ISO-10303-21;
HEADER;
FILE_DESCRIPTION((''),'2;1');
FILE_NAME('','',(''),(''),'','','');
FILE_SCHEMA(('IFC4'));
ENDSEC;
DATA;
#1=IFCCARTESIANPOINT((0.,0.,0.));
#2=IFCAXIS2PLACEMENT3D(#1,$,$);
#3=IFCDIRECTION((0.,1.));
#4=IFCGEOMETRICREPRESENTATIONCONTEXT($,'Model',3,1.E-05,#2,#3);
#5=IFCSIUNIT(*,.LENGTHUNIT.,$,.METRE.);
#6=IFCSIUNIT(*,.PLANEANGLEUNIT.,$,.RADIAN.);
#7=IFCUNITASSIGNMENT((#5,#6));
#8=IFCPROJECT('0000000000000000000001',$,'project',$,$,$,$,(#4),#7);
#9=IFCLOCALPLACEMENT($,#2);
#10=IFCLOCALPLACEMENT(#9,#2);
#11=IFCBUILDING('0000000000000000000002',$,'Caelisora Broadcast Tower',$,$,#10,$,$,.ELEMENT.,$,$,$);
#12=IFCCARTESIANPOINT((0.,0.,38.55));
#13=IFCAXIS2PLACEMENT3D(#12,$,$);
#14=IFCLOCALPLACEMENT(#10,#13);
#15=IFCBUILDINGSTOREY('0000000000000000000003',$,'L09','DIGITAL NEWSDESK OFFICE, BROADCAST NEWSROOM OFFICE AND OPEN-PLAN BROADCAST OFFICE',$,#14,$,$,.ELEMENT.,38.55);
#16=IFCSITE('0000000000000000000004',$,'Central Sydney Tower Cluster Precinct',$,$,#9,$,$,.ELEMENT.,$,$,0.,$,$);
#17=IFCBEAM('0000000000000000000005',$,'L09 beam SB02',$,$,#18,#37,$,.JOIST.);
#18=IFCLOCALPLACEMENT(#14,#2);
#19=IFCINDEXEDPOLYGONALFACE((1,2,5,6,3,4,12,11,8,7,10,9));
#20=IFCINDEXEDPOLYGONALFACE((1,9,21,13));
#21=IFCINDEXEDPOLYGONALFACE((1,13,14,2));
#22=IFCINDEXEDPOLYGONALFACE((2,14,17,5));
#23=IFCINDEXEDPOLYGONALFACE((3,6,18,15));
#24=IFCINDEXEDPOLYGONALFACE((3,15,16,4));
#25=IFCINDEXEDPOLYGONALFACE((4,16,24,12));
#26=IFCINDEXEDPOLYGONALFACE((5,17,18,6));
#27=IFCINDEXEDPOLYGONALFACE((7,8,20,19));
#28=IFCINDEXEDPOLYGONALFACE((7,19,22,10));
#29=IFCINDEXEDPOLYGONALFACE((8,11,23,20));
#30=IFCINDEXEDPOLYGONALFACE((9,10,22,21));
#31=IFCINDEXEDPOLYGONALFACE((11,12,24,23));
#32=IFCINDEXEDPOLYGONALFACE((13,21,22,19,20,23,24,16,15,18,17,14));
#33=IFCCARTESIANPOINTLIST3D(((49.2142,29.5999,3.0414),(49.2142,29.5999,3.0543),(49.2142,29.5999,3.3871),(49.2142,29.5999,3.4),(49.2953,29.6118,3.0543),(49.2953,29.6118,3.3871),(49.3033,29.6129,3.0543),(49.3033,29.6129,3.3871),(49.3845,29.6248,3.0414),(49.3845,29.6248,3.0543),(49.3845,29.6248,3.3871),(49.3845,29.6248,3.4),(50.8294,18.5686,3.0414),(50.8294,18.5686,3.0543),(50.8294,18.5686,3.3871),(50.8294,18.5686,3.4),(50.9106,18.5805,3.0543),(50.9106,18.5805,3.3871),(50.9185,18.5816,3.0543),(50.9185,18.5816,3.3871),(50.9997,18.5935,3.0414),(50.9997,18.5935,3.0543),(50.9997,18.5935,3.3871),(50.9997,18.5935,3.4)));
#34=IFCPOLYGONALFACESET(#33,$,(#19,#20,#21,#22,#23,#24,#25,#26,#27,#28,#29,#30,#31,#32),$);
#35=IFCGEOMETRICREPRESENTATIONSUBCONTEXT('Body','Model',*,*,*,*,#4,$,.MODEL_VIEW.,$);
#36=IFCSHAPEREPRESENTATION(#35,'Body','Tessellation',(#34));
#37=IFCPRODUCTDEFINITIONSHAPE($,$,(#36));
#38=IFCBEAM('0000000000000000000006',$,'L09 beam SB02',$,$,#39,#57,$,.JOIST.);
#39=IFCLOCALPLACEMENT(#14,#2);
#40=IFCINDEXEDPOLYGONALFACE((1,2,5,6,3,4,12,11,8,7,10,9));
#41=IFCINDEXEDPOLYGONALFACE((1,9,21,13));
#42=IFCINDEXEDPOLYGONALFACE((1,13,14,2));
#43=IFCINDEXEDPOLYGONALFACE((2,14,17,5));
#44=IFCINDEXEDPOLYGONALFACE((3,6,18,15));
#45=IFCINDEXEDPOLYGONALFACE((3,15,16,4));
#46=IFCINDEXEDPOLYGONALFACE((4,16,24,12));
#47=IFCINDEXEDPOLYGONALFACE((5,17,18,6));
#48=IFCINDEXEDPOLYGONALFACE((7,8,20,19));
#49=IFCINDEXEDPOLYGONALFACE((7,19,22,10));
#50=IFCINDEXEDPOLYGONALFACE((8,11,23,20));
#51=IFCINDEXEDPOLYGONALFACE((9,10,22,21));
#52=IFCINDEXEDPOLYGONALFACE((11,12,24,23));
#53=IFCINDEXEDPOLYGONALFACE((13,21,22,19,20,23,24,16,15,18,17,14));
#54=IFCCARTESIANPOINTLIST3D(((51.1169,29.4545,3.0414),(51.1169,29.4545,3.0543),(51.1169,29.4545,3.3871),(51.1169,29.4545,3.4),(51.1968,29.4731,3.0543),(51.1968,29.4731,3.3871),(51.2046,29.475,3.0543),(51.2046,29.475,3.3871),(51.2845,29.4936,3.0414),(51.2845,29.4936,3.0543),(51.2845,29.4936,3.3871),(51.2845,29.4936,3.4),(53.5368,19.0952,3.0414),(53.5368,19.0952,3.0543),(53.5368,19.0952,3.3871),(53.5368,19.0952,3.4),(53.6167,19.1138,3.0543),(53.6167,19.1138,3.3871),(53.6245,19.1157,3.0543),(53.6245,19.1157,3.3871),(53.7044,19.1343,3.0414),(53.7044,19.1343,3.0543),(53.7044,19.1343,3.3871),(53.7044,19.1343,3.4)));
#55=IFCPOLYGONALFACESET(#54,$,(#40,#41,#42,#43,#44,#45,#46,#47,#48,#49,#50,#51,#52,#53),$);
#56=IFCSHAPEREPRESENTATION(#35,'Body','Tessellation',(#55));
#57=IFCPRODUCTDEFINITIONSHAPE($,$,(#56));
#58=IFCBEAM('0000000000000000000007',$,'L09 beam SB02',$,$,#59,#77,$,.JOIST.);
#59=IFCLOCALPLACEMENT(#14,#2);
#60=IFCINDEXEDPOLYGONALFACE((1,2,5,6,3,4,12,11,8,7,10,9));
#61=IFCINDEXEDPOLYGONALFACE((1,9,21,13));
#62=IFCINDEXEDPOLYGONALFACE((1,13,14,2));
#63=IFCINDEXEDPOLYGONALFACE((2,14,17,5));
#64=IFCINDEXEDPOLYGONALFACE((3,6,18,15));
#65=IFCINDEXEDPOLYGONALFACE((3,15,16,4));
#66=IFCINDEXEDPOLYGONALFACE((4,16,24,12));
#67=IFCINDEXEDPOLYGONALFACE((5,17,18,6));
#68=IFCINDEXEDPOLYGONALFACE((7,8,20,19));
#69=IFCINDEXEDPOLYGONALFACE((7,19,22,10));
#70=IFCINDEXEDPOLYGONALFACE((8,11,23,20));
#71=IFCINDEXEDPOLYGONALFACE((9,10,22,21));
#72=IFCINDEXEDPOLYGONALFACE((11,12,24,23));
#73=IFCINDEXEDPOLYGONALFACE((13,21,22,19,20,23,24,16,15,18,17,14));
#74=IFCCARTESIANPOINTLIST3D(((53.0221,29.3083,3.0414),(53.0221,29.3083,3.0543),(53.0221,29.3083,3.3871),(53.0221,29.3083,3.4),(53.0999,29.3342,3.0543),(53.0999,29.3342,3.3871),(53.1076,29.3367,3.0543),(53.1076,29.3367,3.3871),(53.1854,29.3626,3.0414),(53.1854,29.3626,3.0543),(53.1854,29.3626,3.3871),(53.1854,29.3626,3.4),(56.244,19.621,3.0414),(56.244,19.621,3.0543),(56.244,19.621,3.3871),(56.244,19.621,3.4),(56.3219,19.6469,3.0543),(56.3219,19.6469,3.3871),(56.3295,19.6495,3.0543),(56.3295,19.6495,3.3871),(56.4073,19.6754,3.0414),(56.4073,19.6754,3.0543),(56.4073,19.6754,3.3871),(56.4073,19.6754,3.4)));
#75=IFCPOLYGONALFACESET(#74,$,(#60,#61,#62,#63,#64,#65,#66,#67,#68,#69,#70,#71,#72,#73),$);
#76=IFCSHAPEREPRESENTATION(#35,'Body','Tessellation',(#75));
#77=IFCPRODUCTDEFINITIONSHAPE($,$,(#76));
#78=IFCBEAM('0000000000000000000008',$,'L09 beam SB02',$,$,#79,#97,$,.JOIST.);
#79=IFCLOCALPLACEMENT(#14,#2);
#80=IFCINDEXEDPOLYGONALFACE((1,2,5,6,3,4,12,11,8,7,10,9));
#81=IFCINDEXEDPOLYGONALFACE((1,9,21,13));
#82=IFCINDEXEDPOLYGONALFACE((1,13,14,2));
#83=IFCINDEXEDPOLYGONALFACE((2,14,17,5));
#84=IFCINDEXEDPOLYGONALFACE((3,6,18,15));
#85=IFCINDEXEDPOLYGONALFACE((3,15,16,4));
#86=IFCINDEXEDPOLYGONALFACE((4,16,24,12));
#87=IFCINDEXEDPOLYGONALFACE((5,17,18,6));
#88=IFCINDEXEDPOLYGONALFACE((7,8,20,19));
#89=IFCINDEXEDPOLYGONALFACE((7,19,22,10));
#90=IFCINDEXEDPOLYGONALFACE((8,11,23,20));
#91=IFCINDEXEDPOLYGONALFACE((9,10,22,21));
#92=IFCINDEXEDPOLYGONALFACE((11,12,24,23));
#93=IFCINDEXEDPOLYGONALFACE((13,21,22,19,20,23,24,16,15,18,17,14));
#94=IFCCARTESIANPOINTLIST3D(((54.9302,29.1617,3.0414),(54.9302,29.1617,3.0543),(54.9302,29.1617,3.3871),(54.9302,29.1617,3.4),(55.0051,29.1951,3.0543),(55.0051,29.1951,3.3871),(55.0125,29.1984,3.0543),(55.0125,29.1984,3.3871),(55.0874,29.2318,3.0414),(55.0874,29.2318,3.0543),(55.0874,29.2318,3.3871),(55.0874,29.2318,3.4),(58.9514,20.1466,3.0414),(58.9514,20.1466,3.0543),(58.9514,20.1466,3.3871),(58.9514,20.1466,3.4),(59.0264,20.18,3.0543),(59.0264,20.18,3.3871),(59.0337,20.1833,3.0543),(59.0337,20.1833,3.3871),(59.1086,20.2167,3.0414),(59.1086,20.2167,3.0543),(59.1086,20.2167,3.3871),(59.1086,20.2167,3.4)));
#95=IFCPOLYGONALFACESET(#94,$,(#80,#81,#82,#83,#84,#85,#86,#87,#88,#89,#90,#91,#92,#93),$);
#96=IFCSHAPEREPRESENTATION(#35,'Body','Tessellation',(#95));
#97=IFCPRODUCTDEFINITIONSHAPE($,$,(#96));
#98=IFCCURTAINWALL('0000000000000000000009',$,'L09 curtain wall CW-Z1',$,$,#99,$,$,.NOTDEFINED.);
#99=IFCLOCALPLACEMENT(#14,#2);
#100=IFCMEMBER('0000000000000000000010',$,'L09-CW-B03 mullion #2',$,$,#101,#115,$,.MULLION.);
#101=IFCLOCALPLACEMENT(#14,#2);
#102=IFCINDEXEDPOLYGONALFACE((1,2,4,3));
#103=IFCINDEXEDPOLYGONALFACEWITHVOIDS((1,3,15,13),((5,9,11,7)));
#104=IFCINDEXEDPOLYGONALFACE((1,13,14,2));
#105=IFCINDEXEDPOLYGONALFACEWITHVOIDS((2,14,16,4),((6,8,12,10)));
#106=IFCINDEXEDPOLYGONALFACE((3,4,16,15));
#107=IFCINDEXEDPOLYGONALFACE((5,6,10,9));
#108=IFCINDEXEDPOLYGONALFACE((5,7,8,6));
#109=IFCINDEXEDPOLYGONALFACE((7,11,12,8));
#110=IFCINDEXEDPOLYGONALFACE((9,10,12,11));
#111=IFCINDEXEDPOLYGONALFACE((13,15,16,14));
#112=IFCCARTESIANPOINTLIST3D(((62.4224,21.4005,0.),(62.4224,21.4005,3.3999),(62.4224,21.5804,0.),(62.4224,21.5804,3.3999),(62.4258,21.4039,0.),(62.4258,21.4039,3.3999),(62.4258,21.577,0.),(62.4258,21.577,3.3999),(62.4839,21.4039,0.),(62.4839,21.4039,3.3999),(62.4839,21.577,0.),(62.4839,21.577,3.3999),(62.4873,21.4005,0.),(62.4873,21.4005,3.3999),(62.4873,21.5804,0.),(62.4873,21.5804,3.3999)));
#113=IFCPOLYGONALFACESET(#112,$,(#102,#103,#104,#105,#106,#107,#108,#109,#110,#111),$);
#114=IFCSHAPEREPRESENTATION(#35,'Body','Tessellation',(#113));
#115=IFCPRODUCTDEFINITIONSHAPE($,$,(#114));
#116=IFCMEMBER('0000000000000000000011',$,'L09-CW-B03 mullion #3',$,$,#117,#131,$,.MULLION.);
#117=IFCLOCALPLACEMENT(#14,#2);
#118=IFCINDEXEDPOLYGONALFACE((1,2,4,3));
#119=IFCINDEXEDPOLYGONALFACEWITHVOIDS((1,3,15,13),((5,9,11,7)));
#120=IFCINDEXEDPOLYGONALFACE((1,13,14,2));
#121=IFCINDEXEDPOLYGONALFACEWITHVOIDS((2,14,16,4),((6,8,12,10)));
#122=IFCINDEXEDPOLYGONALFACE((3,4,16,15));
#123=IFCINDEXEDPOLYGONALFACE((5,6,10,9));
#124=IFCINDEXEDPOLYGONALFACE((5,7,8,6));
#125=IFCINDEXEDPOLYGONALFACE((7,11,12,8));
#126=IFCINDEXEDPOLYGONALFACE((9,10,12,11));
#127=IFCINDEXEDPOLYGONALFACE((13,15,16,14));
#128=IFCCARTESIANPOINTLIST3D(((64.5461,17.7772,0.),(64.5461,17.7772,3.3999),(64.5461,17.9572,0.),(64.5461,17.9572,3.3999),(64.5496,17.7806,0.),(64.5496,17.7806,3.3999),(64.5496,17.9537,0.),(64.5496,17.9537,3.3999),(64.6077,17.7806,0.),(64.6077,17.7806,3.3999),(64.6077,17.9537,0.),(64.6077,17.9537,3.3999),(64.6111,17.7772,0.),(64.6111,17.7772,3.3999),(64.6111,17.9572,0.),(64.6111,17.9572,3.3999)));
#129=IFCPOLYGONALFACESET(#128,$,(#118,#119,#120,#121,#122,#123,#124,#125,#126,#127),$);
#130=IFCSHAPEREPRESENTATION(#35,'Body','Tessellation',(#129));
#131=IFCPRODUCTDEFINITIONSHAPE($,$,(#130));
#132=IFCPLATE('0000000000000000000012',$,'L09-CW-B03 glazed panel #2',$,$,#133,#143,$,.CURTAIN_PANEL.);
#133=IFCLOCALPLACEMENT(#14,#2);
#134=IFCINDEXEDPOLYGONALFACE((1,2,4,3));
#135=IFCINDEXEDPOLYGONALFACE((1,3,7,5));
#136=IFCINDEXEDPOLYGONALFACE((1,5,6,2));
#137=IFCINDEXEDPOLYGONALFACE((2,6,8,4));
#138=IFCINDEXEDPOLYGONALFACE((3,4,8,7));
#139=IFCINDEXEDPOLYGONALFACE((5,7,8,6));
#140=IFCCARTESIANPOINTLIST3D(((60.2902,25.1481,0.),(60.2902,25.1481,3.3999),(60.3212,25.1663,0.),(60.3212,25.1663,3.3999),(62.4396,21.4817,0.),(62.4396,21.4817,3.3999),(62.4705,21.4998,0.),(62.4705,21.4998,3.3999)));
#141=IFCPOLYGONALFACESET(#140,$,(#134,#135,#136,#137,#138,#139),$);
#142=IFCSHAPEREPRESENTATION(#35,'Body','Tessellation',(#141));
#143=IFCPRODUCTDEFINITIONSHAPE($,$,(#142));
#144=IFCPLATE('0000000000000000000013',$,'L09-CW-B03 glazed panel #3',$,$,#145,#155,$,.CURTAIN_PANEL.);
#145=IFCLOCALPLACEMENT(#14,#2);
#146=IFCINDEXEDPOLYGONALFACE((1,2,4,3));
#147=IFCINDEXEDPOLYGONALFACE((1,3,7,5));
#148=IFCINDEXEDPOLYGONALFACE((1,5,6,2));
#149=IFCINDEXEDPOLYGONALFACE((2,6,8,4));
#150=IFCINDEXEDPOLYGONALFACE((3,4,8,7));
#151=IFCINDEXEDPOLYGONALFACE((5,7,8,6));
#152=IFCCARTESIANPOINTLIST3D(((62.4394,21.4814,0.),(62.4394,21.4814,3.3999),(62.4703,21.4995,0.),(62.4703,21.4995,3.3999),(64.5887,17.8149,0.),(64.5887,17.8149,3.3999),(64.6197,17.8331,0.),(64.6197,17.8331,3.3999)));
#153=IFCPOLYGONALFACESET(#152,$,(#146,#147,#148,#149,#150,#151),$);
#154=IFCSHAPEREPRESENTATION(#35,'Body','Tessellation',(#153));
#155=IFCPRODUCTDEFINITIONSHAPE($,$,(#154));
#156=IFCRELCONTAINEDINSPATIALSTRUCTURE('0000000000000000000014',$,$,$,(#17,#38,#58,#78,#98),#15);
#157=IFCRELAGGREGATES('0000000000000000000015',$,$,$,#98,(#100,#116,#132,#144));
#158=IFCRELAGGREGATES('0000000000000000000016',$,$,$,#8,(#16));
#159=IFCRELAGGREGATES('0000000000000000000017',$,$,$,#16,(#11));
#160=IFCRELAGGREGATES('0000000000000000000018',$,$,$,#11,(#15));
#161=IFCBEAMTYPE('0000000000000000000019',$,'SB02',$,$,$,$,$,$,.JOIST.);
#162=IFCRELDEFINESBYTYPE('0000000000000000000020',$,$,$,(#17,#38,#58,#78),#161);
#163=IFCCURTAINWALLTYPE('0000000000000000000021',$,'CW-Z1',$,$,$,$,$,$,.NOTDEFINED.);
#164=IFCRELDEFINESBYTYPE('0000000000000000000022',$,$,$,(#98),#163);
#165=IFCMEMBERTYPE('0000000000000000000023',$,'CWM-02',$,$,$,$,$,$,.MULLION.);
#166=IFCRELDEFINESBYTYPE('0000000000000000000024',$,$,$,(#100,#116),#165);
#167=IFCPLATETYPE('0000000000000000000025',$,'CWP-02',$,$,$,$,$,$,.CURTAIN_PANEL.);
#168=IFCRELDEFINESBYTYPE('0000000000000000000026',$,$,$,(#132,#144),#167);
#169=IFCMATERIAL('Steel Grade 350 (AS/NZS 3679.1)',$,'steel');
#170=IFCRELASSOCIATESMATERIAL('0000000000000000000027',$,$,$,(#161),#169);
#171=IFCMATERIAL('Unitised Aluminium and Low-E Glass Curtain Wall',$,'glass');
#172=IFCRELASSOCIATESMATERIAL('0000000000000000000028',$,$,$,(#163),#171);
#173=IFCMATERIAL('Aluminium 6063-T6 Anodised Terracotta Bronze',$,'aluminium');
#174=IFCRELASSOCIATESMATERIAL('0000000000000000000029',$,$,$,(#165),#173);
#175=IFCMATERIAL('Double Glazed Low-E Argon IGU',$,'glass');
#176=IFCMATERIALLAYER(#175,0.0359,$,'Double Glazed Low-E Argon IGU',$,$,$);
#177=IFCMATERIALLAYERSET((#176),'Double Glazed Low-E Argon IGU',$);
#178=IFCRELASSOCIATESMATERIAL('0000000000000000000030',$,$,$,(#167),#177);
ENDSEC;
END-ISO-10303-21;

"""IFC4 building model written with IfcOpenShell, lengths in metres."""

from ifc_helpers import new_model, si_unit, direction, frame, origin, origin_2d, place, context, subcontext, project, spatial, rectangle, hollow_rectangle, i_section, extrude, source, transform, mapped, material, layer, layer_set, material_profile, profile_set, type_object, type_shapes, element, aggregate, save


model = new_model("IFC4")

# Units and contexts
model_context = context("Model", 3, precision=1e-05, world=origin(), true_north=direction((0.0, 1.0)))
body_context = subcontext(model_context, "Body", "Model", "MODEL_VIEW")
ifc_project = project(units=[si_unit("LENGTHUNIT", "METRE"), si_unit("PLANEANGLEUNIT", "RADIAN")], contexts=[model_context])

# Site, building, storey
site_placement = place(None, origin())
site = spatial("IfcSite", under=ifc_project, at=site_placement, Name="Central Sydney Tower Cluster Precinct", CompositionType="ELEMENT", RefElevation=0.0)
building_placement = place(site_placement, origin())
building = spatial("IfcBuilding", under=site, at=building_placement, Name="Caelisora Broadcast Tower", CompositionType="ELEMENT")
storey_placement = place(building_placement, frame((0.0, 0.0, 38.55)))
storey = spatial("IfcBuildingStorey", under=building, at=storey_placement, Name="L09", Description="DIGITAL NEWSDESK OFFICE, BROADCAST NEWSROOM OFFICE AND OPEN-PLAN BROADCAST OFFICE", CompositionType="ELEMENT", Elevation=38.55)

# Beams
ifc_material_1 = material(Name="Steel Grade 350 (AS/NZS 3679.1)", Category="steel")
ifc_material_profile_1 = material_profile(ifc_material_1, i_section(OverallWidth=0.1721, OverallDepth=0.3586, WebThickness=0.0081, FlangeThickness=0.0129, at=origin_2d()), Name="Steel Grade 350 (AS/NZS 3679.1)")
ifc_profile_set_1 = profile_set([ifc_material_profile_1], Name="Steel Grade 350 (AS/NZS 3679.1)")
beam_type_1 = type_object("IfcBeamType", Name="SB02", PredefinedType="JOIST", material=ifc_profile_set_1)
shared_shape_1 = source(origin(), body_context, "Body", "SweptSolid", [
    extrude(i_section(OverallWidth=0.1721, OverallDepth=0.3586, WebThickness=0.0081, FlangeThickness=0.0129, at=origin_2d()), origin(), (0.0, 0.0, 1.0), 11.1489),
])
beam_1_placement = place(storey_placement, frame((50.9146, 18.5811, 3.2207), z_axis=(-0.144879, 0.989449, 0.0), x_axis=(-0.989449, -0.144879, 0.0)))
element("IfcBeam", 1, at=beam_1_placement, inside=storey, type_object=beam_type_1, Name="L09 beam SB02", PredefinedType="JOIST", context=body_context, shape_type="MappedRepresentation", body=[
    mapped(shared_shape_1, transform((0.0, 0.0, 0.0), scale=1.0)),
])
shared_shape_2 = source(origin(), body_context, "Body", "SweptSolid", [
    extrude(i_section(OverallWidth=0.1721, OverallDepth=0.3586, WebThickness=0.0081, FlangeThickness=0.0129, at=origin_2d()), origin(), (0.0, 0.0, 1.0), 10.6382),
])
beam_2_placement = place(storey_placement, frame((53.6206, 19.1147, 3.2207), z_axis=(-0.227473, 0.973784, 0.0), x_axis=(-0.973784, -0.227473, 0.0)))
element("IfcBeam", 2, at=beam_2_placement, inside=storey, type_object=beam_type_1, Name="L09 beam SB02", PredefinedType="JOIST", context=body_context, shape_type="MappedRepresentation", body=[
    mapped(shared_shape_2, transform((0.0, 0.0, 0.0), scale=1.0)),
])
shared_shape_3 = source(origin(), body_context, "Body", "SweptSolid", [
    extrude(i_section(OverallWidth=0.1721, OverallDepth=0.3586, WebThickness=0.0081, FlangeThickness=0.0129, at=origin_2d()), origin(), (0.0, 0.0, 1.0), 10.209),
])
beam_3_placement = place(storey_placement, frame((56.3257, 19.6482, 3.2207), z_axis=(-0.315596, 0.948894, 0.0), x_axis=(-0.948894, -0.315596, 0.0)))
element("IfcBeam", 3, at=beam_3_placement, inside=storey, type_object=beam_type_1, Name="L09 beam SB02", PredefinedType="JOIST", context=body_context, shape_type="MappedRepresentation", body=[
    mapped(shared_shape_3, transform((0.0, 0.0, 0.0), scale=1.0)),
])
shared_shape_4 = source(origin(), body_context, "Body", "SweptSolid", [
    extrude(i_section(OverallWidth=0.1721, OverallDepth=0.3586, WebThickness=0.0081, FlangeThickness=0.0129, at=origin_2d()), origin(), (0.0, 0.0, 1.0), 9.8713),
])
beam_4_placement = place(storey_placement, frame((59.03, 20.1816, 3.2207), z_axis=(-0.407366, 0.913265, 0.0), x_axis=(-0.913265, -0.407366, 0.0)))
element("IfcBeam", 4, at=beam_4_placement, inside=storey, type_object=beam_type_1, Name="L09 beam SB02", PredefinedType="JOIST", context=body_context, shape_type="MappedRepresentation", body=[
    mapped(shared_shape_4, transform((0.0, 0.0, 0.0), scale=1.0)),
])

# Curtain wall, members, plates
ifc_material_2 = material(Name="Unitised Aluminium and Low-E Glass Curtain Wall", Category="glass")
curtain_wall_type = type_object("IfcCurtainWallType", Name="CW-Z1", PredefinedType="NOTDEFINED", material=ifc_material_2)
curtain_wall_placement = place(storey_placement, origin())
curtain_wall = element("IfcCurtainWall", 5, at=curtain_wall_placement, inside=storey, type_object=curtain_wall_type, Name="L09 curtain wall CW-Z1", PredefinedType="NOTDEFINED")
ifc_material_3 = material(Name="Aluminium 6063-T6 Anodised Terracotta Bronze", Category="aluminium")
ifc_material_profile_2 = material_profile(ifc_material_3, hollow_rectangle(XDim=0.0649, YDim=0.1799, WallThickness=0.0034, at=origin_2d()), Name="Aluminium 6063-T6 Anodised Terracotta Bronze")
ifc_profile_set_2 = profile_set([ifc_material_profile_2], Name="Aluminium 6063-T6 Anodised Terracotta Bronze")
member_type = type_object("IfcMemberType", Name="CWM-02", PredefinedType="MULLION", material=ifc_profile_set_2)
shared_shape_5 = source(origin(), body_context, "Body", "SweptSolid", [
    extrude(hollow_rectangle(XDim=0.0649, YDim=0.1799, WallThickness=0.0034, at=origin_2d()), origin(), (0.0, 0.0, 1.0), 3.3999),
])
type_shapes(member_type, [shared_shape_5])
member_1_placement = place(storey_placement, frame((62.4548, 21.4905, 0.0), z_axis=(0.0, 0.0, 1.0), x_axis=(1.0, 0.0, 0.0)))
member_1 = element("IfcMember", 6, at=member_1_placement, type_object=member_type, Name="L09-CW-B03 mullion #2", PredefinedType="MULLION", context=body_context, shape_type="MappedRepresentation", body=[
    mapped(shared_shape_5, transform((0.0, 0.0, 0.0), scale=1.0)),
])
member_2_placement = place(storey_placement, frame((64.5786, 17.8672, 0.0), z_axis=(0.0, 0.0, 1.0), x_axis=(1.0, 0.0, 0.0)))
member_2 = element("IfcMember", 7, at=member_2_placement, type_object=member_type, Name="L09-CW-B03 mullion #3", PredefinedType="MULLION", context=body_context, shape_type="MappedRepresentation", body=[
    mapped(shared_shape_5, transform((0.0, 0.0, 0.0), scale=1.0)),
])
ifc_material_4 = material(Name="Double Glazed Low-E Argon IGU", Category="glass")
ifc_layer_1 = layer(ifc_material_4, 0.0359, Name="Double Glazed Low-E Argon IGU")
ifc_layer_set_1 = layer_set([ifc_layer_1], Name="Double Glazed Low-E Argon IGU")
plate_type = type_object("IfcPlateType", Name="CWP-02", PredefinedType="CURTAIN_PANEL", material=ifc_layer_set_1)
shared_shape_6 = source(origin(), body_context, "Body", "SweptSolid", [
    extrude(rectangle(XDim=4.25, YDim=0.0359, at=origin_2d()), origin(), (0.0, 0.0, 1.0), 3.3999),
])
type_shapes(plate_type, [shared_shape_6])
plate_1_placement = place(storey_placement, frame((61.3804, 23.324, 0.0), z_axis=(0.0, 0.0, 1.0), x_axis=(0.505733, -0.86269, 0.0)))
plate_1 = element("IfcPlate", 8, at=plate_1_placement, type_object=plate_type, Name="L09-CW-B03 glazed panel #2", PredefinedType="CURTAIN_PANEL", context=body_context, shape_type="MappedRepresentation", body=[
    mapped(shared_shape_6, transform((0.0, 0.0, 0.0), scale=1.0)),
])
plate_2_placement = place(storey_placement, frame((63.5295, 19.6572, 0.0), z_axis=(0.0, 0.0, 1.0), x_axis=(0.505733, -0.86269, 0.0)))
plate_2 = element("IfcPlate", 9, at=plate_2_placement, type_object=plate_type, Name="L09-CW-B03 glazed panel #3", PredefinedType="CURTAIN_PANEL", context=body_context, shape_type="MappedRepresentation", body=[
    mapped(shared_shape_6, transform((0.0, 0.0, 0.0), scale=1.0)),
])
aggregate(curtain_wall, [member_1, member_2, plate_1, plate_2])

save(model, "model.ifc")
